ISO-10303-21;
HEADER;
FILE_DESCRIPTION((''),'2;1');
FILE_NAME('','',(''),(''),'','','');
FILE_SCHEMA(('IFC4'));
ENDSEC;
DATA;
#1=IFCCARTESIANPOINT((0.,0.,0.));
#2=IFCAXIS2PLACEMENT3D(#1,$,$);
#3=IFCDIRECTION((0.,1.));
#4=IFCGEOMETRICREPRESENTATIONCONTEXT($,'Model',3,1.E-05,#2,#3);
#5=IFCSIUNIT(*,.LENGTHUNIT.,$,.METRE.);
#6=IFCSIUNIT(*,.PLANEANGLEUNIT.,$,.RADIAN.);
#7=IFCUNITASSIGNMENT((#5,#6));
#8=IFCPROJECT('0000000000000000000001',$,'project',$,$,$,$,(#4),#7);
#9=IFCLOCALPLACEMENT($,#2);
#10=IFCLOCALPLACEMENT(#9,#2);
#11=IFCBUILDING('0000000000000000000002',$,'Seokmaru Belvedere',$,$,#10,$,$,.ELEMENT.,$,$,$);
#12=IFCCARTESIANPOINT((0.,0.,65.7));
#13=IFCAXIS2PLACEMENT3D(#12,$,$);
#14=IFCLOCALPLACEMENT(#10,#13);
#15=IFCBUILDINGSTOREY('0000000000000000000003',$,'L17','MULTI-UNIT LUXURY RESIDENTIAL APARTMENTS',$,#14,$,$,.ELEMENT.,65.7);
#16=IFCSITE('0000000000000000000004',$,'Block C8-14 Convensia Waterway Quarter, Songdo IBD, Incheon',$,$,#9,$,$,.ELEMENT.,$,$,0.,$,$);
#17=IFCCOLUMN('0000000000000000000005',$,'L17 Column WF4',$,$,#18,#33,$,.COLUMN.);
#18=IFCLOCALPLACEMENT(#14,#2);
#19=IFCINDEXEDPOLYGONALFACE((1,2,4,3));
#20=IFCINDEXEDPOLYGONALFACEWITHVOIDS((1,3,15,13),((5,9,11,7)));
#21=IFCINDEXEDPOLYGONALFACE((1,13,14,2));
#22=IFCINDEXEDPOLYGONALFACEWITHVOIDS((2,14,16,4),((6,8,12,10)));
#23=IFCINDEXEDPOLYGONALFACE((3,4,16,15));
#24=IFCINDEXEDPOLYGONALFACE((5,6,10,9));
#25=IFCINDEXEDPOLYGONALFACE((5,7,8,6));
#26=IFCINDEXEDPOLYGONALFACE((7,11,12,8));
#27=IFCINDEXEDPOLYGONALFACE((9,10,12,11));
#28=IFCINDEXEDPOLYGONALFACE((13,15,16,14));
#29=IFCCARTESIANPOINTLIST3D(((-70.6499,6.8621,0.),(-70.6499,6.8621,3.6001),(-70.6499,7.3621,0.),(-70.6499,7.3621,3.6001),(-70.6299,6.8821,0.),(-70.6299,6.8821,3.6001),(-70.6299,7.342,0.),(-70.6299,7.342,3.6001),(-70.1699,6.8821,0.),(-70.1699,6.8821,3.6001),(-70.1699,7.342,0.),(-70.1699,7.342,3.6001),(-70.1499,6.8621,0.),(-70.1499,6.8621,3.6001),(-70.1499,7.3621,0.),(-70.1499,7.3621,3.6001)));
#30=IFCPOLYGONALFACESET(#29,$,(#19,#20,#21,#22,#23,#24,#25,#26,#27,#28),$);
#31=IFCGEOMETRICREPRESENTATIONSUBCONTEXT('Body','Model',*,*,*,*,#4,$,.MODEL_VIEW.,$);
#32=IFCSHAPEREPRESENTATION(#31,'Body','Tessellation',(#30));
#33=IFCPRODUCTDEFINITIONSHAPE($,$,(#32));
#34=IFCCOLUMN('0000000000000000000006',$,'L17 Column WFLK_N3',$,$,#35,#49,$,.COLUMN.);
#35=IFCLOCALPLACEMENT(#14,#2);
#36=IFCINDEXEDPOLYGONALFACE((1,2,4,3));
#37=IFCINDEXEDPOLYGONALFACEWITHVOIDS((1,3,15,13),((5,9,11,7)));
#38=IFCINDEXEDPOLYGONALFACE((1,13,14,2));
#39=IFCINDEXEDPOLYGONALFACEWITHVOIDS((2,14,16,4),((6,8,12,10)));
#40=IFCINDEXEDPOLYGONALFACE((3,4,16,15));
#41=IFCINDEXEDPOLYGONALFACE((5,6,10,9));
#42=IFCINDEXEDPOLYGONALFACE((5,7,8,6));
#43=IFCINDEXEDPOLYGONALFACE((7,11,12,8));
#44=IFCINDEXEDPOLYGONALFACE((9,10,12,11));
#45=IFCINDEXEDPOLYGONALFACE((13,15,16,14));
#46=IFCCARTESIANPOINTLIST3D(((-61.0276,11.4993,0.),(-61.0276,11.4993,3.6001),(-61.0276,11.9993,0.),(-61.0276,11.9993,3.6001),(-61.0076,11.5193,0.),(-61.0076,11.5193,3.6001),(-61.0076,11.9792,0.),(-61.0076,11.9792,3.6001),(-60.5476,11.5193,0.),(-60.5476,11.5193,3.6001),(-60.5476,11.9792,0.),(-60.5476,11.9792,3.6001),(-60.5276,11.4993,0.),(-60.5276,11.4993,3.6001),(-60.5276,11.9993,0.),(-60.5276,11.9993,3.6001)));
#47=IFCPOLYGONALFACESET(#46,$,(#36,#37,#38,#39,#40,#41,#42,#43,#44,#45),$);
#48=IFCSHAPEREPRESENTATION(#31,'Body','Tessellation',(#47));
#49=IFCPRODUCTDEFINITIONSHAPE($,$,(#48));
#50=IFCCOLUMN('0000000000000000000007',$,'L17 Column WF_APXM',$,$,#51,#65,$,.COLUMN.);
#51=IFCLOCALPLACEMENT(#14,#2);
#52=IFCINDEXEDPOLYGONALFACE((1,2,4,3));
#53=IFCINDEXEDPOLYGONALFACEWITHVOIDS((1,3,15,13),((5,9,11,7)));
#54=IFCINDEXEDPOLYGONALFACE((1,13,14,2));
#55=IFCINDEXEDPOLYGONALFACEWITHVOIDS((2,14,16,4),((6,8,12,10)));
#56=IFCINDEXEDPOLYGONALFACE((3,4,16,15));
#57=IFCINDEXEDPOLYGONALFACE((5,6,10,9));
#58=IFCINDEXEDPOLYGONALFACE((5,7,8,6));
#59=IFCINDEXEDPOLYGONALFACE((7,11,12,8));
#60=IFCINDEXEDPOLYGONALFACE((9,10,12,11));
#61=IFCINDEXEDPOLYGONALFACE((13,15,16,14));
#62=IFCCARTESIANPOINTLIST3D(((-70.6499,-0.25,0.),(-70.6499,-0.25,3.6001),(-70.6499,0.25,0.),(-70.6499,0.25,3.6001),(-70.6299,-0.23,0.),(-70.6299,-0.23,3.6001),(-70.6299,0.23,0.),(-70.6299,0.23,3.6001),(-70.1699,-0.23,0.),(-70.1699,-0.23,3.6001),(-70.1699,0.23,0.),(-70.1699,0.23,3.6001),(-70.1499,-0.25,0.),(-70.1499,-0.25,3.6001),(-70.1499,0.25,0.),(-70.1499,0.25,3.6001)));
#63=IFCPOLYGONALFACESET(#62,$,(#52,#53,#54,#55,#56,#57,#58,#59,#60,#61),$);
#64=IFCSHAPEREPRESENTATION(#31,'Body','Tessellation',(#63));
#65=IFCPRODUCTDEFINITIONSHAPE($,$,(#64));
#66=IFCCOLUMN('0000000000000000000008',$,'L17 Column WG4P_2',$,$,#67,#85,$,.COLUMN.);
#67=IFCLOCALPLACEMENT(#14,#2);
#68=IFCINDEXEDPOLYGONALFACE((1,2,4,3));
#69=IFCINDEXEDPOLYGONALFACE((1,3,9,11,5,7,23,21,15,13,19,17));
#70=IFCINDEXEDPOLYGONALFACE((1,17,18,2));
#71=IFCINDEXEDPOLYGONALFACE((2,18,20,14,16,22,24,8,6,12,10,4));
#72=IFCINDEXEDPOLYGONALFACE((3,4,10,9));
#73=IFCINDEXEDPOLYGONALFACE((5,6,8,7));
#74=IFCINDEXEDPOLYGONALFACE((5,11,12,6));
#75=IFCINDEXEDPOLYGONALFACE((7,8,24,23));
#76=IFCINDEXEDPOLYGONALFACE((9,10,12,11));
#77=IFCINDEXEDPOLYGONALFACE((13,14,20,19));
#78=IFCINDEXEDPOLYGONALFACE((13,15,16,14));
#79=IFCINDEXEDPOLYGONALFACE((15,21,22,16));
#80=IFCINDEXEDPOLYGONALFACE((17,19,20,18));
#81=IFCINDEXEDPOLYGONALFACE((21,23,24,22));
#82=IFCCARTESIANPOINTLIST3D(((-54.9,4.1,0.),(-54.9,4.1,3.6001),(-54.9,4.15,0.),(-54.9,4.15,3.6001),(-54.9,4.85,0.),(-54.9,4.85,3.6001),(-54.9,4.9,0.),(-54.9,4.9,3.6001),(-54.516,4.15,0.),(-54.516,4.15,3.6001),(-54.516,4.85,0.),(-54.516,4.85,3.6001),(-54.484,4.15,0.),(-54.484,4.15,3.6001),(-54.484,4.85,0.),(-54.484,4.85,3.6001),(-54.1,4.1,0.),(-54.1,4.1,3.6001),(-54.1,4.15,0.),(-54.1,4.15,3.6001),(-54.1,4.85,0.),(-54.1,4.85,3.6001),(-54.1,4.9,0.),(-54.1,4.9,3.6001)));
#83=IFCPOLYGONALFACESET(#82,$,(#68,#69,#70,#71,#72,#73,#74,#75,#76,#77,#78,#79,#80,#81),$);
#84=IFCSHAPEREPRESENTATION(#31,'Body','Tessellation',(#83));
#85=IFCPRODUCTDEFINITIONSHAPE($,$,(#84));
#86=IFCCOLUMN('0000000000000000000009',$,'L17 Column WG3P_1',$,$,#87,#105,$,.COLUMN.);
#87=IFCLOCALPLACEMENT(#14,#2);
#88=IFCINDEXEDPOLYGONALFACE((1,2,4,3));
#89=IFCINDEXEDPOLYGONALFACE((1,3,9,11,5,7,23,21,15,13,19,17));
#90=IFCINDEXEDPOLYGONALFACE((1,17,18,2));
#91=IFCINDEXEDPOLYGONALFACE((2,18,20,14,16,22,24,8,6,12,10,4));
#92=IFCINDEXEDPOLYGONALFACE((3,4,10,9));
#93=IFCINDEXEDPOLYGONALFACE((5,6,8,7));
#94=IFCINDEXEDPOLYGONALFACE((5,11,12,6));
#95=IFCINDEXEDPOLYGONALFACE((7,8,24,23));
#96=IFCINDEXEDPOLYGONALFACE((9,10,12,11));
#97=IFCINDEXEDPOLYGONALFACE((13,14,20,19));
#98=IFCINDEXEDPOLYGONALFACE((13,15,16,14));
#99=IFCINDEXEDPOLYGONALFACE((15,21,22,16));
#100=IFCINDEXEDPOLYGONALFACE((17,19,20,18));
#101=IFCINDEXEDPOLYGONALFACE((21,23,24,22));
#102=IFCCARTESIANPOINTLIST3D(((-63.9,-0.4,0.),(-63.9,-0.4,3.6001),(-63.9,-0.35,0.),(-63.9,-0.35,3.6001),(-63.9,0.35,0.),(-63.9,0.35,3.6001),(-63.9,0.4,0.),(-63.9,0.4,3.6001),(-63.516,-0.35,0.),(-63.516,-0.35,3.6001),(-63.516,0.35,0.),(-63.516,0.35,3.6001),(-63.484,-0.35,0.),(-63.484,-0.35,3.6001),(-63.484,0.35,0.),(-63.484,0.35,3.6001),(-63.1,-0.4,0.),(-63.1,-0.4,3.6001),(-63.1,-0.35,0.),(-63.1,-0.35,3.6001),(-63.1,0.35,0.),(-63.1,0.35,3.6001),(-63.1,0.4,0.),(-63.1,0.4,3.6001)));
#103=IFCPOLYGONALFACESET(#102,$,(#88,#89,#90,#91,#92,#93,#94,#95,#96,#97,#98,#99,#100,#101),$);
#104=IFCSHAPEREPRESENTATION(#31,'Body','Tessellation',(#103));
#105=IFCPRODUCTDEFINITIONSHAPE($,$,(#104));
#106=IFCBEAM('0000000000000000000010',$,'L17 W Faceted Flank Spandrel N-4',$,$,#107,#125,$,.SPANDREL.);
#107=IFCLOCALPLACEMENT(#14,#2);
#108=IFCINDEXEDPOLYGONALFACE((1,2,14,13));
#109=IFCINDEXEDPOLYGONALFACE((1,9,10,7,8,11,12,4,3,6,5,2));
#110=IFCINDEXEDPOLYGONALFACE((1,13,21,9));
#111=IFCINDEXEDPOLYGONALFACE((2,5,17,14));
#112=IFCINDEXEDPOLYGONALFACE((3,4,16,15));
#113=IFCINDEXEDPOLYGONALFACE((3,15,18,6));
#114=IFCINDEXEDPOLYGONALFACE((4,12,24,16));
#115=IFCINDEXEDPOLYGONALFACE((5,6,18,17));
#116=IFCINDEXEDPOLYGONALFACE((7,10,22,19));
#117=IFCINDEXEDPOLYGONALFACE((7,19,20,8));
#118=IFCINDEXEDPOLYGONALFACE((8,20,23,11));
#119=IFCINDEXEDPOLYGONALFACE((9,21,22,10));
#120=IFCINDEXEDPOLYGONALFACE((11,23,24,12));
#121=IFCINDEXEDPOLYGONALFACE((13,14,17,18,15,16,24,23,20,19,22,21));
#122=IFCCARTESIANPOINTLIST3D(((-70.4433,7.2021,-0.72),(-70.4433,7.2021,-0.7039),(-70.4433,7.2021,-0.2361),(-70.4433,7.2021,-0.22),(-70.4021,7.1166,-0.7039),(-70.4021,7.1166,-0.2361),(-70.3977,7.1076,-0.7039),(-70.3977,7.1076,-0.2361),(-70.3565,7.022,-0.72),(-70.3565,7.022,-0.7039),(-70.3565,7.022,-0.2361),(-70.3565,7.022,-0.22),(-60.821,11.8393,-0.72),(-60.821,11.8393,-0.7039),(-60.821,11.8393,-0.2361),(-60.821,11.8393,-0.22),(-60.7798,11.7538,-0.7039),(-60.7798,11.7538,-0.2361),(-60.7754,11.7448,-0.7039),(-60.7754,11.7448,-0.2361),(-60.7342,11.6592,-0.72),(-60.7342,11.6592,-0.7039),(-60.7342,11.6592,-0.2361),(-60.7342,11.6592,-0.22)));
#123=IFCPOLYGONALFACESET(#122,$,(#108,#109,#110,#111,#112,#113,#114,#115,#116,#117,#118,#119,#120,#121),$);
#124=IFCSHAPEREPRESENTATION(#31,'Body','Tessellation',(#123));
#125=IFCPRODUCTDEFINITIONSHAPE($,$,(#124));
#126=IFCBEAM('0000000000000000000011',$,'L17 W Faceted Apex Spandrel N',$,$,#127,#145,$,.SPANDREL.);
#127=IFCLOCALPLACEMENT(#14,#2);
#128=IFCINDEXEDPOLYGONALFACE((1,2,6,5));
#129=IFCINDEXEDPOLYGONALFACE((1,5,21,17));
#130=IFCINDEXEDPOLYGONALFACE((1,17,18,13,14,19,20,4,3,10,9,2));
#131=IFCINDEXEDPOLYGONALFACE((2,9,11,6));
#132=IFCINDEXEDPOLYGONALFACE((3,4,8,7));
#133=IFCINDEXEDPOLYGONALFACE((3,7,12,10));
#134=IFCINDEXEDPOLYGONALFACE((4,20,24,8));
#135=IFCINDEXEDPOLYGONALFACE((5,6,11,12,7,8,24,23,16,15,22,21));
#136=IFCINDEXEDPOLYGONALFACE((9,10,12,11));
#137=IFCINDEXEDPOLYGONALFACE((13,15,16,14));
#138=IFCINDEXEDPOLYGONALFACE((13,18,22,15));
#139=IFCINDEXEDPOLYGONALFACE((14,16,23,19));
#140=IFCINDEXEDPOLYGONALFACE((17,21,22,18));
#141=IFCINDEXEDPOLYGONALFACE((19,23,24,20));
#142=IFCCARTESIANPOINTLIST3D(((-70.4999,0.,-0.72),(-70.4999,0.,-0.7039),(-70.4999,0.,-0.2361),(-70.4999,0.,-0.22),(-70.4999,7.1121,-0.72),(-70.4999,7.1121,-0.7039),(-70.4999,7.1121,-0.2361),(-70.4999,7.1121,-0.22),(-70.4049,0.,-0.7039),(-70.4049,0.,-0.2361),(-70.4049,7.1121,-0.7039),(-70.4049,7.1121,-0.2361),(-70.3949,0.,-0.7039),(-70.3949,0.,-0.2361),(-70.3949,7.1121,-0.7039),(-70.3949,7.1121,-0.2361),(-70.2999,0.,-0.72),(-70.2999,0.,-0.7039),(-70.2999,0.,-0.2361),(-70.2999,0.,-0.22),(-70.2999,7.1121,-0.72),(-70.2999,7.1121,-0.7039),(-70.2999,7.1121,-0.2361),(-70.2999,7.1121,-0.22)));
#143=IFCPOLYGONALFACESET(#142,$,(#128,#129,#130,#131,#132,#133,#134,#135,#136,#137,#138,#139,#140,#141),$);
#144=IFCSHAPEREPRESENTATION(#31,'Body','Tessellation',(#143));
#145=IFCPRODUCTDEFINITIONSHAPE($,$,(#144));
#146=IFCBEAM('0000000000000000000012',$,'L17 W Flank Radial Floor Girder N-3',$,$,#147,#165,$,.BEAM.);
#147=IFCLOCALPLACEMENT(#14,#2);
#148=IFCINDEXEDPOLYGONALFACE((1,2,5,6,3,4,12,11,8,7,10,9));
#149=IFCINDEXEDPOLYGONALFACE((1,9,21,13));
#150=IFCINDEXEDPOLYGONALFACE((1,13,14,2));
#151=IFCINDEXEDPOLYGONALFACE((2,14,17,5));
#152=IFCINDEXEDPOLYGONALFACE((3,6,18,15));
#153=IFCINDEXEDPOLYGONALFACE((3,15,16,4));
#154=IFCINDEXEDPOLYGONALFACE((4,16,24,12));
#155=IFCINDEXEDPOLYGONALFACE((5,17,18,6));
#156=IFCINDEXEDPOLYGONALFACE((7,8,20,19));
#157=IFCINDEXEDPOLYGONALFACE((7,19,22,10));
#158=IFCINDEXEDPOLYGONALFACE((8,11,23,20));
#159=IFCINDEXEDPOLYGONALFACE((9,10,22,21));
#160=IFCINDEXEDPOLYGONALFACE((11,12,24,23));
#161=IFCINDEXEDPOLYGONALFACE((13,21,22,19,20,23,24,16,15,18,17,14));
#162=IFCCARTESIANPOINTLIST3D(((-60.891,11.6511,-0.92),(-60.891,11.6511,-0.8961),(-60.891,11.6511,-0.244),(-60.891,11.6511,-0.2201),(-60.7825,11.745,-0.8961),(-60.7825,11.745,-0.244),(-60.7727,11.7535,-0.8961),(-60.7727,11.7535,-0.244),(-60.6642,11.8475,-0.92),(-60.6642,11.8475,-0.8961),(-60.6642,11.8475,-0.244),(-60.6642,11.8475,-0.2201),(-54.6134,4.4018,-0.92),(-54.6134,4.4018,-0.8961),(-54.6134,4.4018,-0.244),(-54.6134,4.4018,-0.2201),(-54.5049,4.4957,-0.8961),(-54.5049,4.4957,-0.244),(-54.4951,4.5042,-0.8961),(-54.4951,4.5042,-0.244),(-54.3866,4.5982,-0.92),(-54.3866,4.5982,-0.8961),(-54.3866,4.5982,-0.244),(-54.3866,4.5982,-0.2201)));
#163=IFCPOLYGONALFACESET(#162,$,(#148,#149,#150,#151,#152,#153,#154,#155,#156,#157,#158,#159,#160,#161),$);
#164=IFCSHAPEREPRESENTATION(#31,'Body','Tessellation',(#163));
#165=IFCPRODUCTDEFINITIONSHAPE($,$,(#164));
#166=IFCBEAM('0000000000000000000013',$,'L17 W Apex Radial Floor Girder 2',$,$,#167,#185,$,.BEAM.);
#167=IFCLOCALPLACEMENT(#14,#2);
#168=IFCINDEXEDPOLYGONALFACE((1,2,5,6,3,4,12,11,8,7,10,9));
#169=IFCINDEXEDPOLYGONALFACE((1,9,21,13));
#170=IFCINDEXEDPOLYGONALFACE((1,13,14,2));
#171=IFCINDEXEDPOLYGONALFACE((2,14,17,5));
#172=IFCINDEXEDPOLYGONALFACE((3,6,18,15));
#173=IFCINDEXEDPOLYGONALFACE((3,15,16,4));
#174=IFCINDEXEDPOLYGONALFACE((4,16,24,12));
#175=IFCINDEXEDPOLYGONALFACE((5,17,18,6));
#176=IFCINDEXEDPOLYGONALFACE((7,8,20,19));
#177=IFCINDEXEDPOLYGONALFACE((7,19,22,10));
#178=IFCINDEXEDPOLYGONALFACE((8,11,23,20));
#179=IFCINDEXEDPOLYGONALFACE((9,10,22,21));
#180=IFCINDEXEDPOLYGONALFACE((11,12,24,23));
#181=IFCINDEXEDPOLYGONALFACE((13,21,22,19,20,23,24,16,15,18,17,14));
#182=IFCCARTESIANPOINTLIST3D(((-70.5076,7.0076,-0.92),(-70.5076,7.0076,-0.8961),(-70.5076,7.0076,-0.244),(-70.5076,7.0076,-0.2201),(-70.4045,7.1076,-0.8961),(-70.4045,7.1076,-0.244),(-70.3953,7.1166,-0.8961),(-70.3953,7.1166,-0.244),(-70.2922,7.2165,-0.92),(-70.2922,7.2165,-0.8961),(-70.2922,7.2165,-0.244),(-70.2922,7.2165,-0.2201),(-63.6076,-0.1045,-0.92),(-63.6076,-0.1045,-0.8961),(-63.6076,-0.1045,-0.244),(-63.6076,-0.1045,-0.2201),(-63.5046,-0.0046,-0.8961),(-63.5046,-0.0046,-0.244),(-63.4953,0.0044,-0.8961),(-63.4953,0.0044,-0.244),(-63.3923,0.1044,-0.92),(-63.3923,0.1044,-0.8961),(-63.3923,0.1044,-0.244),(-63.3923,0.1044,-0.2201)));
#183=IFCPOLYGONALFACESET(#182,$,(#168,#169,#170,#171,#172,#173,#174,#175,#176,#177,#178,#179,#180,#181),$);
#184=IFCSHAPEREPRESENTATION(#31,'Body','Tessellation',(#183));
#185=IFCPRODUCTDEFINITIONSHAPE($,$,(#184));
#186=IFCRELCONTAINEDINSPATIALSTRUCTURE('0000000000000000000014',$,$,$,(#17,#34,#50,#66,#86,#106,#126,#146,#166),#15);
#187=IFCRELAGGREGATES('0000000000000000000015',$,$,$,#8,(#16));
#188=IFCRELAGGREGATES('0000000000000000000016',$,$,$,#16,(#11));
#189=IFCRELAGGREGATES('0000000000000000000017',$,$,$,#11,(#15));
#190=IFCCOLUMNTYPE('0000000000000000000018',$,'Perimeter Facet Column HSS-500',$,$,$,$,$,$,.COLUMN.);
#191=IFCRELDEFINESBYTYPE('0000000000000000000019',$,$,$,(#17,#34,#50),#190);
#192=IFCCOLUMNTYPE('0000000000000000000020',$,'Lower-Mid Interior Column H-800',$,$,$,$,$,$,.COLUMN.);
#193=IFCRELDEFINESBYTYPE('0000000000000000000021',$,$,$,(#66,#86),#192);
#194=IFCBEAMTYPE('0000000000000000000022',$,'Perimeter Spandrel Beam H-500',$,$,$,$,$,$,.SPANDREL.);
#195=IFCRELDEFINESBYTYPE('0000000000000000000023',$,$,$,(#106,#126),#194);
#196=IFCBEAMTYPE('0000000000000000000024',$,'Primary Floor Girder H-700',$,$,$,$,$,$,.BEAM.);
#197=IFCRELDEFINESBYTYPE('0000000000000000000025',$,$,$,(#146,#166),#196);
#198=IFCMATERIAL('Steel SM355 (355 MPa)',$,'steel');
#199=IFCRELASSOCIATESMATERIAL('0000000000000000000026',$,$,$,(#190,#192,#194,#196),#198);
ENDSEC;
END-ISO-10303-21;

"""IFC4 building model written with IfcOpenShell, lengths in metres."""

from ifc_helpers import new_model, si_unit, direction, frame, origin, origin_2d, place, context, subcontext, project, spatial, hollow_rectangle, i_section, extrude, source, transform, mapped, material, material_profile, profile_set, type_object, type_shapes, element, save


model = new_model("IFC4")

# Units and contexts
model_context = context("Model", 3, precision=1e-05, world=origin(), true_north=direction((0.0, 1.0)))
body_context = subcontext(model_context, "Body", "Model", "MODEL_VIEW")
ifc_project = project(units=[si_unit("LENGTHUNIT", "METRE"), si_unit("PLANEANGLEUNIT", "RADIAN")], contexts=[model_context])

# Site, building, storey
site_placement = place(None, origin())
site = spatial("IfcSite", under=ifc_project, at=site_placement, Name="Block C8-14 Convensia Waterway Quarter, Songdo IBD, Incheon", CompositionType="ELEMENT", RefElevation=0.0)
building_placement = place(site_placement, origin())
building = spatial("IfcBuilding", under=site, at=building_placement, Name="Seokmaru Belvedere", CompositionType="ELEMENT")
storey_placement = place(building_placement, frame((0.0, 0.0, 65.7)))
storey = spatial("IfcBuildingStorey", under=building, at=storey_placement, Name="L17", Description="MULTI-UNIT LUXURY RESIDENTIAL APARTMENTS", CompositionType="ELEMENT", Elevation=65.7)

# Columns
ifc_material_1 = material(Name="Steel SM355 (355 MPa)", Category="steel")
ifc_material_profile_1 = material_profile(ifc_material_1, hollow_rectangle(XDim=0.5, YDim=0.5, WallThickness=0.02, at=origin_2d()), Name="HSS-500x500x20")
ifc_profile_set_1 = profile_set([ifc_material_profile_1], Name="Steel SM355 (355 MPa)")
column_type_1 = type_object("IfcColumnType", Name="Perimeter Facet Column HSS-500", PredefinedType="COLUMN", material=ifc_profile_set_1)
shared_shape_1 = source(origin(), body_context, "Body", "SweptSolid", [
    extrude(hollow_rectangle(XDim=0.5, YDim=0.5, WallThickness=0.02, at=origin_2d()), origin(), (0.0, 0.0, 1.0), 3.6001),
])
type_shapes(column_type_1, [shared_shape_1])
for number, where, z_axis, x_axis, name in (
    (1, (-70.3999, 7.1121, 0.0), (0.0, 0.0, 1.0), (1.0, 0.0, 0.0), "L17 Column WF4"),
    (2, (-60.7776, 11.7493, 0.0), (0.0, 0.0, 1.0), (1.0, 0.0, 0.0), "L17 Column WFLK_N3"),
    (3, (-70.3999, 0.0, 0.0), (0.0, 0.0, 1.0), (1.0, 0.0, 0.0), "L17 Column WF_APXM"),
):
    element("IfcColumn", number, at=place(storey_placement, frame(where, z_axis=z_axis, x_axis=x_axis)), inside=storey, type_object=column_type_1, Name=name, PredefinedType="COLUMN", context=body_context, shape_type="MappedRepresentation", body=[
        mapped(shared_shape_1, transform((0.0, 0.0, 0.0), scale=1.0)),
    ])
ifc_material_profile_2 = material_profile(ifc_material_1, i_section(OverallWidth=0.8, OverallDepth=0.8, WebThickness=0.032, FlangeThickness=0.05, at=origin_2d()), Name="H-800x800x32x50")
ifc_profile_set_2 = profile_set([ifc_material_profile_2], Name="Steel SM355 (355 MPa)")
column_type_2 = type_object("IfcColumnType", Name="Lower-Mid Interior Column H-800", PredefinedType="COLUMN", material=ifc_profile_set_2)
shared_shape_2 = source(origin(), body_context, "Body", "SweptSolid", [
    extrude(i_section(OverallWidth=0.8, OverallDepth=0.8, WebThickness=0.032, FlangeThickness=0.05, at=origin_2d()), origin(), (0.0, 0.0, 1.0), 3.6001),
])
type_shapes(column_type_2, [shared_shape_2])
for number, where, z_axis, x_axis, name in (
    (4, (-54.5, 4.5, 0.0), (0.0, 0.0, 1.0), (1.0, 0.0, 0.0), "L17 Column WG4P_2"),
    (5, (-63.5, 0.0, 0.0), (0.0, 0.0, 1.0), (1.0, 0.0, 0.0), "L17 Column WG3P_1"),
):
    element("IfcColumn", number, at=place(storey_placement, frame(where, z_axis=z_axis, x_axis=x_axis)), inside=storey, type_object=column_type_2, Name=name, PredefinedType="COLUMN", context=body_context, shape_type="MappedRepresentation", body=[
        mapped(shared_shape_2, transform((0.0, 0.0, 0.0), scale=1.0)),
    ])

# Beams
ifc_material_profile_3 = material_profile(ifc_material_1, i_section(OverallWidth=0.2, OverallDepth=0.5, WebThickness=0.01, FlangeThickness=0.0161, at=origin_2d()), Name="H-500x200x10x16")
ifc_profile_set_3 = profile_set([ifc_material_profile_3], Name="Steel SM355 (355 MPa)")
beam_type_1 = type_object("IfcBeamType", Name="Perimeter Spandrel Beam H-500", PredefinedType="SPANDREL", material=ifc_profile_set_3)
shared_shape_3 = source(origin(), body_context, "Body", "SweptSolid", [
    extrude(i_section(OverallWidth=0.2, OverallDepth=0.5, WebThickness=0.01, FlangeThickness=0.0161, at=origin_2d()), origin(), (0.0, 0.0, 1.0), 10.6814),
])
beam_1_placement = place(storey_placement, frame((-60.7776, 11.7493, -0.47), z_axis=(-0.900846, -0.434138, 0.0), x_axis=(0.434138, -0.900846, 0.0)))
element("IfcBeam", 6, at=beam_1_placement, inside=storey, type_object=beam_type_1, Name="L17 W Faceted Flank Spandrel N-4", PredefinedType="SPANDREL", context=body_context, shape_type="MappedRepresentation", body=[
    mapped(shared_shape_3, transform((0.0, 0.0, 0.0), scale=1.0)),
])
shared_shape_4 = source(origin(), body_context, "Body", "SweptSolid", [
    extrude(i_section(OverallWidth=0.2, OverallDepth=0.5, WebThickness=0.01, FlangeThickness=0.0161, at=origin_2d()), origin(), (0.0, 0.0, 1.0), 7.1121),
])
type_shapes(beam_type_1, [shared_shape_3, shared_shape_4])
beam_2_placement = place(storey_placement, frame((-70.3999, 0.0, -0.47), z_axis=(0.0, 1.0, 0.0), x_axis=(-1.0, 0.0, 0.0)))
element("IfcBeam", 7, at=beam_2_placement, inside=storey, type_object=beam_type_1, Name="L17 W Faceted Apex Spandrel N", PredefinedType="SPANDREL", context=body_context, shape_type="MappedRepresentation", body=[
    mapped(shared_shape_4, transform((0.0, 0.0, 0.0), scale=1.0)),
])
ifc_material_profile_4 = material_profile(ifc_material_1, i_section(OverallWidth=0.3, OverallDepth=0.7, WebThickness=0.0129, FlangeThickness=0.0239, at=origin_2d()), Name="H-700x300x13x24")
ifc_profile_set_4 = profile_set([ifc_material_profile_4], Name="Steel SM355 (355 MPa)")
beam_type_2 = type_object("IfcBeamType", Name="Primary Floor Girder H-700", PredefinedType="BEAM", material=ifc_profile_set_4)
shared_shape_5 = source(origin(), body_context, "Body", "SweptSolid", [
    extrude(i_section(OverallWidth=0.3, OverallDepth=0.7, WebThickness=0.0129, FlangeThickness=0.0239, at=origin_2d()), origin(), (0.0, 0.0, 1.0), 9.5896),
])
beam_3_placement = place(storey_placement, frame((-60.7776, 11.7493, -0.5701), z_axis=(0.654626, -0.755953, 0.0), x_axis=(0.755953, 0.654626, 0.0)))
element("IfcBeam", 8, at=beam_3_placement, inside=storey, type_object=beam_type_2, Name="L17 W Flank Radial Floor Girder N-3", PredefinedType="BEAM", context=body_context, shape_type="MappedRepresentation", body=[
    mapped(shared_shape_5, transform((0.0, 0.0, 0.0), scale=1.0)),
])
shared_shape_6 = source(origin(), body_context, "Body", "SweptSolid", [
    extrude(i_section(OverallWidth=0.3, OverallDepth=0.7, WebThickness=0.0129, FlangeThickness=0.0239, at=origin_2d()), origin(), (0.0, 0.0, 1.0), 9.9092),
])
beam_4_placement = place(storey_placement, frame((-70.3999, 7.1121, -0.5701), z_axis=(0.696321, -0.717731, 0.0), x_axis=(0.717731, 0.696321, 0.0)))
element("IfcBeam", 9, at=beam_4_placement, inside=storey, type_object=beam_type_2, Name="L17 W Apex Radial Floor Girder 2", PredefinedType="BEAM", context=body_context, shape_type="MappedRepresentation", body=[
    mapped(shared_shape_6, transform((0.0, 0.0, 0.0), scale=1.0)),
])

save(model, "model.ifc")
